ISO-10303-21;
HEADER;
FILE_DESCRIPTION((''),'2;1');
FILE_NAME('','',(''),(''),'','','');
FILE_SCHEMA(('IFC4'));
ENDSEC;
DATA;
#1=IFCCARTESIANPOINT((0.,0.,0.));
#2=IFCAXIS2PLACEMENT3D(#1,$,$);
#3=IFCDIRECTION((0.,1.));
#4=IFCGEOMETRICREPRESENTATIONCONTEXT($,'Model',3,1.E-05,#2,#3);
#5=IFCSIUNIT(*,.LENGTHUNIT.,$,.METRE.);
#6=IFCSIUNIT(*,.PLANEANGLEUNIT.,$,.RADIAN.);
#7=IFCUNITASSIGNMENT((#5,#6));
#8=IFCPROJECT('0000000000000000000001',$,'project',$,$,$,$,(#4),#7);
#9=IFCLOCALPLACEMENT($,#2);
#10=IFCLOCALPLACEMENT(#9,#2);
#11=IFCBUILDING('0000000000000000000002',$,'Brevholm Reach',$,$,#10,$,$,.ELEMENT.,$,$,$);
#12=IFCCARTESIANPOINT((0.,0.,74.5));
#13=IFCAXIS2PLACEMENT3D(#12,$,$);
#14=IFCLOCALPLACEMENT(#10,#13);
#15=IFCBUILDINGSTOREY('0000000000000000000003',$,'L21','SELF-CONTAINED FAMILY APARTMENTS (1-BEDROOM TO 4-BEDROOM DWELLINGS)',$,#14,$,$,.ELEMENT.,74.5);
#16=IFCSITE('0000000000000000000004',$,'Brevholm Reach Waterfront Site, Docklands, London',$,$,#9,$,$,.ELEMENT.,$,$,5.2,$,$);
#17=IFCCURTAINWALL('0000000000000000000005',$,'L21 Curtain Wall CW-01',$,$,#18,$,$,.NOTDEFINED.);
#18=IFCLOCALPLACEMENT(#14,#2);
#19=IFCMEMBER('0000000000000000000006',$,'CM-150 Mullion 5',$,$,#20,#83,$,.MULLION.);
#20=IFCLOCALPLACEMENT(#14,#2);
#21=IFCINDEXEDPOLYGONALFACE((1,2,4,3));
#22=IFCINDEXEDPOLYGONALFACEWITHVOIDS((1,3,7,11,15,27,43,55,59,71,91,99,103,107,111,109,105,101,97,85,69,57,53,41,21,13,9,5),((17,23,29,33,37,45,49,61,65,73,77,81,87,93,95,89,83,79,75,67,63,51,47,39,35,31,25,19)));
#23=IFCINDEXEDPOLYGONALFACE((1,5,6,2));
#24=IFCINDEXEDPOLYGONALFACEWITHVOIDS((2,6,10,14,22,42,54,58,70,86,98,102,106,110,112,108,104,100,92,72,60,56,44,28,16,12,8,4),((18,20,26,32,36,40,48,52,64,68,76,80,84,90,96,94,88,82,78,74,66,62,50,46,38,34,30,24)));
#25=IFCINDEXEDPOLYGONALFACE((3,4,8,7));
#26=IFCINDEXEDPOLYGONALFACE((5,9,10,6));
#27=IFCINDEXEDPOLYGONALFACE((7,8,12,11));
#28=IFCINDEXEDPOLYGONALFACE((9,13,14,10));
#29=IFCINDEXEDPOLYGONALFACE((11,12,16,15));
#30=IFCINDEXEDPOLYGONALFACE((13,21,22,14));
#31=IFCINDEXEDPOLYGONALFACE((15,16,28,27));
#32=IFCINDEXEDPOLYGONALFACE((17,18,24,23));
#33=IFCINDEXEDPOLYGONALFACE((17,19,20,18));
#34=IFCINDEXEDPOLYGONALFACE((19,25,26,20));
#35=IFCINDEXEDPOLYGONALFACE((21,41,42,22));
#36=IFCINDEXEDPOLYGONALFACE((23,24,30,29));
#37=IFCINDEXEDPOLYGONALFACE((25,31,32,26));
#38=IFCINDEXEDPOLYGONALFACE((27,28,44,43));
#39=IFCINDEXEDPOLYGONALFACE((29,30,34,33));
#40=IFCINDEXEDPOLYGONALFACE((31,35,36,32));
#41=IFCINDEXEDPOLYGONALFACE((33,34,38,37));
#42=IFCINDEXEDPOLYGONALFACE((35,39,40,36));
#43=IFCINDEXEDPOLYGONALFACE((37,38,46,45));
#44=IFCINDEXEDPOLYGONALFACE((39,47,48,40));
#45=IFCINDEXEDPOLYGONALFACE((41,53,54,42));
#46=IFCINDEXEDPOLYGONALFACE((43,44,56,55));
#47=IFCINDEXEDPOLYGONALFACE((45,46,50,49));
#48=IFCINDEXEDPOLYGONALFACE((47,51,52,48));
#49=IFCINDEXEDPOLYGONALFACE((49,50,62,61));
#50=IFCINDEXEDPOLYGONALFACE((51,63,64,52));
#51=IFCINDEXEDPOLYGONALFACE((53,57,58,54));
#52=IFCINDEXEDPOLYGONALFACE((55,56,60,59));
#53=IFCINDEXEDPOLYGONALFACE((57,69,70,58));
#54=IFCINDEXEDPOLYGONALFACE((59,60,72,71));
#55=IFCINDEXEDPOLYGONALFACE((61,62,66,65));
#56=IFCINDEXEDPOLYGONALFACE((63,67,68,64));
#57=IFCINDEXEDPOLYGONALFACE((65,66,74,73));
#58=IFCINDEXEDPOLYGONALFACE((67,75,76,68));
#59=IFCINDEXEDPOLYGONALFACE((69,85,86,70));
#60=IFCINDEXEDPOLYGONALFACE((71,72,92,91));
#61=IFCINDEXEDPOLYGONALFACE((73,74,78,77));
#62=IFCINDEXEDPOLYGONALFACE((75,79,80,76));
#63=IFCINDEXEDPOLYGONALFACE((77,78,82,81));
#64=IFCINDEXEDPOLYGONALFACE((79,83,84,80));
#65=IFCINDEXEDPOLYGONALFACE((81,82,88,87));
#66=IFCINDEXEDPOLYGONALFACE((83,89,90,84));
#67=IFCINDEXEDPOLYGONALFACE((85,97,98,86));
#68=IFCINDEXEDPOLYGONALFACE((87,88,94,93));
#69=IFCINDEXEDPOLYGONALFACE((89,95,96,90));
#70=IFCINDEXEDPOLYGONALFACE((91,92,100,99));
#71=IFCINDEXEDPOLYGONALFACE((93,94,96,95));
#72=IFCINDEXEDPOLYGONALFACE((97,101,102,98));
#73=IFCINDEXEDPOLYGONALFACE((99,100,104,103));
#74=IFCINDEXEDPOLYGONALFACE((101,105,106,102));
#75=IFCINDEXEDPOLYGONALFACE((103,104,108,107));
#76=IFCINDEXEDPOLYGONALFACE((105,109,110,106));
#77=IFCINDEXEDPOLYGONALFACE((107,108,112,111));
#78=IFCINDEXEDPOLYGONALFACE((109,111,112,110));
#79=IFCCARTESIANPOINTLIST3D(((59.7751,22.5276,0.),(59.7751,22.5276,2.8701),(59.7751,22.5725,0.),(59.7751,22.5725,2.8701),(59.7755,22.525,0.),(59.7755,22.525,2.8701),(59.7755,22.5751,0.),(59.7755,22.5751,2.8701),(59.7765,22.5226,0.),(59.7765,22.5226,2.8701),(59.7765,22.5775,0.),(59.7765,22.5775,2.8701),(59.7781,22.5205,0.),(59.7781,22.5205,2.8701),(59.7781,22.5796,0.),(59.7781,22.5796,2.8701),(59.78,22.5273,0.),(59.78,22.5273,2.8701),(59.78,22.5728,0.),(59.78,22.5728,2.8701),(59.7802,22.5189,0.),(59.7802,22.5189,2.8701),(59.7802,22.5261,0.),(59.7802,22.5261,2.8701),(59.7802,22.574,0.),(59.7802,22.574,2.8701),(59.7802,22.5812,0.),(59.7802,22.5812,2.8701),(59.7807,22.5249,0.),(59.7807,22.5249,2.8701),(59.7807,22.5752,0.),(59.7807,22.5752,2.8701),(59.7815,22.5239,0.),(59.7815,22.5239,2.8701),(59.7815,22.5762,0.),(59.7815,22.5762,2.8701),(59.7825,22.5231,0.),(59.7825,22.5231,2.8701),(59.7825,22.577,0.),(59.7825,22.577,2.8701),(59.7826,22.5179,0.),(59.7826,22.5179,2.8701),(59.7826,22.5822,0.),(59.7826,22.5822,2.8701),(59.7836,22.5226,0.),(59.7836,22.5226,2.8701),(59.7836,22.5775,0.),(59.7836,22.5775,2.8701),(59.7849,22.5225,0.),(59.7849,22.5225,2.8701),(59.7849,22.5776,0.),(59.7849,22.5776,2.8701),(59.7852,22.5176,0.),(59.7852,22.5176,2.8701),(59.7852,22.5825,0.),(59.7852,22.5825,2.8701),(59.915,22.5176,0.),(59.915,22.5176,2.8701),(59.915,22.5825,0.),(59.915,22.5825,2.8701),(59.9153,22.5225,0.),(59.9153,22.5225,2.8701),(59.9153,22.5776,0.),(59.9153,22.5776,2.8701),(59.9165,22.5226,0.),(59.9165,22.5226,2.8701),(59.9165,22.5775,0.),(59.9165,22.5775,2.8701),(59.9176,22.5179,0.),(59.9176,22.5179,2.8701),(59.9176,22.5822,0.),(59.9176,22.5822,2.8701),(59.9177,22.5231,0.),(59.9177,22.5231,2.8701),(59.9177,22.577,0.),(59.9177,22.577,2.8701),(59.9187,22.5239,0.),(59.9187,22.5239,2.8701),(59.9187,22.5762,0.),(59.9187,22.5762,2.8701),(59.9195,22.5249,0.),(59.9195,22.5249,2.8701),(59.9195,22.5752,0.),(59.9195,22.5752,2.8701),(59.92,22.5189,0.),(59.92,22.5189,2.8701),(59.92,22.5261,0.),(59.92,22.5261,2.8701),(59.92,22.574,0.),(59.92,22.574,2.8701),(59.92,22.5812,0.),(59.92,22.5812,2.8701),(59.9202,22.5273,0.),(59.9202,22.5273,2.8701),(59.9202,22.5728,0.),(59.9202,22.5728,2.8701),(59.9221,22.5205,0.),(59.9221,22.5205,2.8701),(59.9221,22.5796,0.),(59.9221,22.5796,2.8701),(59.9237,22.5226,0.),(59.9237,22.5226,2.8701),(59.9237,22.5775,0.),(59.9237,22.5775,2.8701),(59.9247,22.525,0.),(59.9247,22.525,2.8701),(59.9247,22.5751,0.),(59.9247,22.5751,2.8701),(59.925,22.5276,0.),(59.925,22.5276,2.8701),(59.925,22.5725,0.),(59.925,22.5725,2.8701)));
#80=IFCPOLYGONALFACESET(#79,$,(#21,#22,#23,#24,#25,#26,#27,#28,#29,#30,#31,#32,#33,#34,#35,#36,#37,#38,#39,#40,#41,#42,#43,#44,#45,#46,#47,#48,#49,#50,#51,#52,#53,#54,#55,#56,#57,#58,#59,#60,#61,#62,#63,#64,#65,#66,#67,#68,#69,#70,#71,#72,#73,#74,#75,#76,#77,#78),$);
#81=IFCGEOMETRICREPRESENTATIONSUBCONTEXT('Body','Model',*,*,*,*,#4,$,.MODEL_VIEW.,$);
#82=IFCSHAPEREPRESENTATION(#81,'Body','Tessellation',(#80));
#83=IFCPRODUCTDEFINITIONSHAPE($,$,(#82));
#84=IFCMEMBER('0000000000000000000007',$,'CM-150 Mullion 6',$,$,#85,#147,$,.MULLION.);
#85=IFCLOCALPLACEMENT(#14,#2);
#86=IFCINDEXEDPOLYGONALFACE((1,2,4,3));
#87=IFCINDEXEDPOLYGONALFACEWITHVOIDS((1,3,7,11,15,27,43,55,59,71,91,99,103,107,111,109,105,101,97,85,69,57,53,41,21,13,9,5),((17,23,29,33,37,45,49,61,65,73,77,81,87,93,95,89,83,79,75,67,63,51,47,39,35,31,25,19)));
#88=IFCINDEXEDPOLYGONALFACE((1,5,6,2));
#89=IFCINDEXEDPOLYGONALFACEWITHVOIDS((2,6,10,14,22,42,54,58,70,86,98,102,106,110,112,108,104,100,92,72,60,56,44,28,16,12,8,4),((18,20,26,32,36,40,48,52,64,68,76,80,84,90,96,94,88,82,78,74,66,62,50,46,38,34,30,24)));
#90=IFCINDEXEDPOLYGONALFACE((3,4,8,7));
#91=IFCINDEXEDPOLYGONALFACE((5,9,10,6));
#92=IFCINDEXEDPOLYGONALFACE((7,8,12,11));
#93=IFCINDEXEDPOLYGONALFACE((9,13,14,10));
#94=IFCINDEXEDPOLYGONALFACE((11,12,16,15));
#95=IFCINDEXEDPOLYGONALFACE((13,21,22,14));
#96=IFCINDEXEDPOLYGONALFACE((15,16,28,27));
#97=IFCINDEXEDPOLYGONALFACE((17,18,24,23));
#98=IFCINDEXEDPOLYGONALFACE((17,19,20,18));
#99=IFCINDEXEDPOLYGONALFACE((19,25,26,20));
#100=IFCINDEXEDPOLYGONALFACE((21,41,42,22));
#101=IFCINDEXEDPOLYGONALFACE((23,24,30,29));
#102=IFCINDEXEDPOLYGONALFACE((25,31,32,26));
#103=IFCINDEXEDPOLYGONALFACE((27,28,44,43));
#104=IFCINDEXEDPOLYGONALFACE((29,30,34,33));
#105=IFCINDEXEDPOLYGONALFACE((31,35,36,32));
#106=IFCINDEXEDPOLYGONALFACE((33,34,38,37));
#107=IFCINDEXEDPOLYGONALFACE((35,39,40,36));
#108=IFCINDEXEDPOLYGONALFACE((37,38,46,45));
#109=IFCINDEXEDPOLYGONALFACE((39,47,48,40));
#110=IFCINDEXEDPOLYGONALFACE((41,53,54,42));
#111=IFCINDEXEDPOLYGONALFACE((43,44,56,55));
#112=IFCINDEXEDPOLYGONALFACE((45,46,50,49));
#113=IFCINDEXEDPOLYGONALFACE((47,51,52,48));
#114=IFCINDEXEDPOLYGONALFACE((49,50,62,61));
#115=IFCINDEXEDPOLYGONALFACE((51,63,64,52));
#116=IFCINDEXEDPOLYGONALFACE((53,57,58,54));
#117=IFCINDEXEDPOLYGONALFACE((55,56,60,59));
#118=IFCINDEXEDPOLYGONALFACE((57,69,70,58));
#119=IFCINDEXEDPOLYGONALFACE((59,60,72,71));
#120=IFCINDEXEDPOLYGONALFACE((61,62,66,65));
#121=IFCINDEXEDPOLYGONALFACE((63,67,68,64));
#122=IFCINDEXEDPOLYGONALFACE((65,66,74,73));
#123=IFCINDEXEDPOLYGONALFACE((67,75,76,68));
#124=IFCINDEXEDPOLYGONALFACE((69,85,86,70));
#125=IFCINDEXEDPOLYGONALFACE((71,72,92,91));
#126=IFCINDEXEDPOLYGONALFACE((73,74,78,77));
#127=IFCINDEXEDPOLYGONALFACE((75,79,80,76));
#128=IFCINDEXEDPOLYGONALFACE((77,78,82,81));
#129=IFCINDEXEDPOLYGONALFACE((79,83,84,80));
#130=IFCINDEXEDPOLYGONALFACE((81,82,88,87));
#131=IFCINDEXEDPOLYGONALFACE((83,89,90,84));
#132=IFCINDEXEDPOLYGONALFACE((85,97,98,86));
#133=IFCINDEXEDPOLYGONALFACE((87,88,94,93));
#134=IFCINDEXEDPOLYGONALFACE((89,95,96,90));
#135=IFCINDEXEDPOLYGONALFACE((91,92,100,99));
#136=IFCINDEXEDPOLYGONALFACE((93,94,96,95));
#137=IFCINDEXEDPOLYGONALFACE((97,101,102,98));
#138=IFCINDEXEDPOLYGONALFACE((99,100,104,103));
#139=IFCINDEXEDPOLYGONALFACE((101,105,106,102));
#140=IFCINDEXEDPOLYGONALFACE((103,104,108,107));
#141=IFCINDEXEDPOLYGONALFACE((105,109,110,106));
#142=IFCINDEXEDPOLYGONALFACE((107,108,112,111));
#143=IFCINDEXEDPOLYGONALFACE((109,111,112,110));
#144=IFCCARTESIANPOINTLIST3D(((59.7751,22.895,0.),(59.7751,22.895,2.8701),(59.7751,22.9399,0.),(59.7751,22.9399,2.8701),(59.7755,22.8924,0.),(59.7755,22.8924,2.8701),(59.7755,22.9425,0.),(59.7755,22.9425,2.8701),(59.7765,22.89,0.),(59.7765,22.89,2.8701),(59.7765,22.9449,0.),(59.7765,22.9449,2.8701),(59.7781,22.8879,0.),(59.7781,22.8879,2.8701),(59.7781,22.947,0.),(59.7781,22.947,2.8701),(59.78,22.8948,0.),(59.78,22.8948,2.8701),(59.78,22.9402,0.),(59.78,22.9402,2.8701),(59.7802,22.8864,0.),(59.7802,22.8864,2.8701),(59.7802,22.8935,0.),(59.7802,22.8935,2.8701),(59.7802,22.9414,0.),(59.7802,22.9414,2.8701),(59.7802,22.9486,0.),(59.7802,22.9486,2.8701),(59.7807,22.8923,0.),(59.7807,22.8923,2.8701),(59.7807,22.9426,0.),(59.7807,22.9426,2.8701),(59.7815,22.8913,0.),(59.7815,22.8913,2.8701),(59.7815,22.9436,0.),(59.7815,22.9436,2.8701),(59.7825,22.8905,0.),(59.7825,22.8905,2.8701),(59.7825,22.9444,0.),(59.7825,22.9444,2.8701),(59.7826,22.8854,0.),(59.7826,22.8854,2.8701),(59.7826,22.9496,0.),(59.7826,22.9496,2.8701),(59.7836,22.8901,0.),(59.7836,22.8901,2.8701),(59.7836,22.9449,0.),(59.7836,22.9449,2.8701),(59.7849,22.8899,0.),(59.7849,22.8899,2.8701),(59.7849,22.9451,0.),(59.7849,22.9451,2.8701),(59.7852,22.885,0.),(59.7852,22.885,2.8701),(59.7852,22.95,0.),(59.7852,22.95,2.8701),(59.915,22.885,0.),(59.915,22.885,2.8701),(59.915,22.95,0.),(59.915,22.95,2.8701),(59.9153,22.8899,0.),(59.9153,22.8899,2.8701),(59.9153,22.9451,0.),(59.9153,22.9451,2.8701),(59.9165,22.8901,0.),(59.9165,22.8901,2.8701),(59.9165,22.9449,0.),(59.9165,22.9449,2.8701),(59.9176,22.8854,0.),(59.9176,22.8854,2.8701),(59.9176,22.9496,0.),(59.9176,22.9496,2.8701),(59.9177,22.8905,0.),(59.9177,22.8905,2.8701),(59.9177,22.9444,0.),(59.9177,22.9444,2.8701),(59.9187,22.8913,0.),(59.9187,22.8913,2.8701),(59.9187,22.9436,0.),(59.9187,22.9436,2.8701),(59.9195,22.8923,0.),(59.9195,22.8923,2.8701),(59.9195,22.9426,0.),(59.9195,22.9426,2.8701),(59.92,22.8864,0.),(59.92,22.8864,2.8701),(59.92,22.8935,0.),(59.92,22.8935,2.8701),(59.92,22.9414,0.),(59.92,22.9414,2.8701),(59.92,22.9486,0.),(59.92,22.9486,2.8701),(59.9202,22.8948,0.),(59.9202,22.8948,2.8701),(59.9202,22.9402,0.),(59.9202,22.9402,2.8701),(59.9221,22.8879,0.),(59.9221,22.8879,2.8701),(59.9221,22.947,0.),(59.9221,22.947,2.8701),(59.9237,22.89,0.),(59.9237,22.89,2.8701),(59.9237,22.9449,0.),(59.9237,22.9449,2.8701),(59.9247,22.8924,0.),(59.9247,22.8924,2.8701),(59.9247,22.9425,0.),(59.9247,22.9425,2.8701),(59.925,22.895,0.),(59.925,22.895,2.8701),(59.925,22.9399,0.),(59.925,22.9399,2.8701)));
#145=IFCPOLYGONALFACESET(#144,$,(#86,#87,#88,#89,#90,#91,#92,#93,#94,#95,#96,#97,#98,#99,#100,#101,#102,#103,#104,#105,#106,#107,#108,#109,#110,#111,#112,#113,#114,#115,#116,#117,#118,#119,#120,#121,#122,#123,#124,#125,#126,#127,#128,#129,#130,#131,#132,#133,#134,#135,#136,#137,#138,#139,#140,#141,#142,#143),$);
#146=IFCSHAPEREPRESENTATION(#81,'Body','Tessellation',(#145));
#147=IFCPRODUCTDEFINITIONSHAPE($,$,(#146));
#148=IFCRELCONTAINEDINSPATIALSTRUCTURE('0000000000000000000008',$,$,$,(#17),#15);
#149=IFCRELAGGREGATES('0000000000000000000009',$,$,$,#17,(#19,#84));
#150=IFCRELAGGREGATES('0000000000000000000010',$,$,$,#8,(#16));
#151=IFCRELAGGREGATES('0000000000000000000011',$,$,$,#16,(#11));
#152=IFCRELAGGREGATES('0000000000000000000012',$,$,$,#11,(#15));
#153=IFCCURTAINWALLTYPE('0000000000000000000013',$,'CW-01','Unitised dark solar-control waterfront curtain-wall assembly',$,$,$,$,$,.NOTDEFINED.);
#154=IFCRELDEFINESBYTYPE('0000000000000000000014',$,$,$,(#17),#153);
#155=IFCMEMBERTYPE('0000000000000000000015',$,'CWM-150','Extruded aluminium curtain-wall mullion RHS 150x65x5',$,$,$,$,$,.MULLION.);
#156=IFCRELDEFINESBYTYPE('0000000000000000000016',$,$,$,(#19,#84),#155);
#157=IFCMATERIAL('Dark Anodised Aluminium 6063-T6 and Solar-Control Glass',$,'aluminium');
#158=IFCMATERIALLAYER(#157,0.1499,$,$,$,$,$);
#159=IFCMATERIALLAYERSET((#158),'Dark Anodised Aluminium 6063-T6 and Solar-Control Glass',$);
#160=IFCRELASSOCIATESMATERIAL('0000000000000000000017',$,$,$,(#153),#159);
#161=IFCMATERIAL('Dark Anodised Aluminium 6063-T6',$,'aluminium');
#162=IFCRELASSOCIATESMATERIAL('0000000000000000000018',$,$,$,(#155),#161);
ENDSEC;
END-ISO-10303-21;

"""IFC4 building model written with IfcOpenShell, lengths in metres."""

from ifc_helpers import new_model, si_unit, direction, frame, origin, origin_2d, place, context, subcontext, project, spatial, hollow_rectangle, extrude, material, layer, layer_set, material_profile, profile_set, type_object, element, aggregate, save


model = new_model("IFC4")

# Units and contexts
model_context = context("Model", 3, precision=1e-05, world=origin(), true_north=direction((0.0, 1.0)))
body_context = subcontext(model_context, "Body", "Model", "MODEL_VIEW")
ifc_project = project(units=[si_unit("LENGTHUNIT", "METRE"), si_unit("PLANEANGLEUNIT", "RADIAN")], contexts=[model_context])

# Site, building, storey
site_placement = place(None, origin())
site = spatial("IfcSite", under=ifc_project, at=site_placement, Name="Brevholm Reach Waterfront Site, Docklands, London", CompositionType="ELEMENT", RefElevation=5.2)
building_placement = place(site_placement, origin())
building = spatial("IfcBuilding", under=site, at=building_placement, Name="Brevholm Reach", CompositionType="ELEMENT")
storey_placement = place(building_placement, frame((0.0, 0.0, 74.5)))
storey = spatial("IfcBuildingStorey", under=building, at=storey_placement, Name="L21", Description="SELF-CONTAINED FAMILY APARTMENTS (1-BEDROOM TO 4-BEDROOM DWELLINGS)", CompositionType="ELEMENT", Elevation=74.5)

# Curtain wall, members
ifc_material_1 = material(Name="Dark Anodised Aluminium 6063-T6 and Solar-Control Glass", Category="aluminium")
ifc_layer_1 = layer(ifc_material_1, 0.1499)
ifc_layer_set_1 = layer_set([ifc_layer_1], Name="Dark Anodised Aluminium 6063-T6 and Solar-Control Glass")
curtain_wall_type = type_object("IfcCurtainWallType", Name="CW-01", Description="Unitised dark solar-control waterfront curtain-wall assembly", PredefinedType="NOTDEFINED", material=ifc_layer_set_1)
curtain_wall_placement = place(storey_placement, origin())
curtain_wall = element("IfcCurtainWall", 1, at=curtain_wall_placement, inside=storey, type_object=curtain_wall_type, Name="L21 Curtain Wall CW-01", PredefinedType="NOTDEFINED")
ifc_material_2 = material(Name="Dark Anodised Aluminium 6063-T6", Category="aluminium")
ifc_material_profile_1 = material_profile(ifc_material_2, hollow_rectangle(XDim=0.0649, YDim=0.1499, WallThickness=0.0049, InnerFilletRadius=0.0049, OuterFilletRadius=0.01, at=origin_2d()), Name="RHS 150x65x5")
ifc_profile_set_1 = profile_set([ifc_material_profile_1], Name="Dark Anodised Aluminium 6063-T6")
member_type_1 = type_object("IfcMemberType", Name="CWM-150", Description="Extruded aluminium curtain-wall mullion RHS 150x65x5", PredefinedType="MULLION", material=ifc_profile_set_1)
member_1_placement = place(storey_placement, frame((59.8501, 22.55, 0.0), z_axis=(0.0, 0.0, 1.0), x_axis=(0.0, 1.0, 0.0)))
member_1 = element("IfcMember", 2, at=member_1_placement, type_object=member_type_1, Name="CM-150 Mullion 5", PredefinedType="MULLION", context=body_context, shape_type="SweptSolid", body=[
    extrude(hollow_rectangle(XDim=0.0649, YDim=0.1499, WallThickness=0.0049, InnerFilletRadius=0.0049, OuterFilletRadius=0.01, at=origin_2d()), origin(), (0.0, 0.0, 1.0), 2.8701),
])
member_2_placement = place(storey_placement, frame((59.8501, 22.9175, 0.0), z_axis=(0.0, 0.0, 1.0), x_axis=(0.0, 1.0, 0.0)))
member_2 = element("IfcMember", 3, at=member_2_placement, type_object=member_type_1, Name="CM-150 Mullion 6", PredefinedType="MULLION", context=body_context, shape_type="SweptSolid", body=[
    extrude(hollow_rectangle(XDim=0.0649, YDim=0.1499, WallThickness=0.0049, InnerFilletRadius=0.0049, OuterFilletRadius=0.01, at=origin_2d()), origin(), (0.0, 0.0, 1.0), 2.8701),
])
aggregate(curtain_wall, [member_1, member_2])

save(model, "model.ifc")
